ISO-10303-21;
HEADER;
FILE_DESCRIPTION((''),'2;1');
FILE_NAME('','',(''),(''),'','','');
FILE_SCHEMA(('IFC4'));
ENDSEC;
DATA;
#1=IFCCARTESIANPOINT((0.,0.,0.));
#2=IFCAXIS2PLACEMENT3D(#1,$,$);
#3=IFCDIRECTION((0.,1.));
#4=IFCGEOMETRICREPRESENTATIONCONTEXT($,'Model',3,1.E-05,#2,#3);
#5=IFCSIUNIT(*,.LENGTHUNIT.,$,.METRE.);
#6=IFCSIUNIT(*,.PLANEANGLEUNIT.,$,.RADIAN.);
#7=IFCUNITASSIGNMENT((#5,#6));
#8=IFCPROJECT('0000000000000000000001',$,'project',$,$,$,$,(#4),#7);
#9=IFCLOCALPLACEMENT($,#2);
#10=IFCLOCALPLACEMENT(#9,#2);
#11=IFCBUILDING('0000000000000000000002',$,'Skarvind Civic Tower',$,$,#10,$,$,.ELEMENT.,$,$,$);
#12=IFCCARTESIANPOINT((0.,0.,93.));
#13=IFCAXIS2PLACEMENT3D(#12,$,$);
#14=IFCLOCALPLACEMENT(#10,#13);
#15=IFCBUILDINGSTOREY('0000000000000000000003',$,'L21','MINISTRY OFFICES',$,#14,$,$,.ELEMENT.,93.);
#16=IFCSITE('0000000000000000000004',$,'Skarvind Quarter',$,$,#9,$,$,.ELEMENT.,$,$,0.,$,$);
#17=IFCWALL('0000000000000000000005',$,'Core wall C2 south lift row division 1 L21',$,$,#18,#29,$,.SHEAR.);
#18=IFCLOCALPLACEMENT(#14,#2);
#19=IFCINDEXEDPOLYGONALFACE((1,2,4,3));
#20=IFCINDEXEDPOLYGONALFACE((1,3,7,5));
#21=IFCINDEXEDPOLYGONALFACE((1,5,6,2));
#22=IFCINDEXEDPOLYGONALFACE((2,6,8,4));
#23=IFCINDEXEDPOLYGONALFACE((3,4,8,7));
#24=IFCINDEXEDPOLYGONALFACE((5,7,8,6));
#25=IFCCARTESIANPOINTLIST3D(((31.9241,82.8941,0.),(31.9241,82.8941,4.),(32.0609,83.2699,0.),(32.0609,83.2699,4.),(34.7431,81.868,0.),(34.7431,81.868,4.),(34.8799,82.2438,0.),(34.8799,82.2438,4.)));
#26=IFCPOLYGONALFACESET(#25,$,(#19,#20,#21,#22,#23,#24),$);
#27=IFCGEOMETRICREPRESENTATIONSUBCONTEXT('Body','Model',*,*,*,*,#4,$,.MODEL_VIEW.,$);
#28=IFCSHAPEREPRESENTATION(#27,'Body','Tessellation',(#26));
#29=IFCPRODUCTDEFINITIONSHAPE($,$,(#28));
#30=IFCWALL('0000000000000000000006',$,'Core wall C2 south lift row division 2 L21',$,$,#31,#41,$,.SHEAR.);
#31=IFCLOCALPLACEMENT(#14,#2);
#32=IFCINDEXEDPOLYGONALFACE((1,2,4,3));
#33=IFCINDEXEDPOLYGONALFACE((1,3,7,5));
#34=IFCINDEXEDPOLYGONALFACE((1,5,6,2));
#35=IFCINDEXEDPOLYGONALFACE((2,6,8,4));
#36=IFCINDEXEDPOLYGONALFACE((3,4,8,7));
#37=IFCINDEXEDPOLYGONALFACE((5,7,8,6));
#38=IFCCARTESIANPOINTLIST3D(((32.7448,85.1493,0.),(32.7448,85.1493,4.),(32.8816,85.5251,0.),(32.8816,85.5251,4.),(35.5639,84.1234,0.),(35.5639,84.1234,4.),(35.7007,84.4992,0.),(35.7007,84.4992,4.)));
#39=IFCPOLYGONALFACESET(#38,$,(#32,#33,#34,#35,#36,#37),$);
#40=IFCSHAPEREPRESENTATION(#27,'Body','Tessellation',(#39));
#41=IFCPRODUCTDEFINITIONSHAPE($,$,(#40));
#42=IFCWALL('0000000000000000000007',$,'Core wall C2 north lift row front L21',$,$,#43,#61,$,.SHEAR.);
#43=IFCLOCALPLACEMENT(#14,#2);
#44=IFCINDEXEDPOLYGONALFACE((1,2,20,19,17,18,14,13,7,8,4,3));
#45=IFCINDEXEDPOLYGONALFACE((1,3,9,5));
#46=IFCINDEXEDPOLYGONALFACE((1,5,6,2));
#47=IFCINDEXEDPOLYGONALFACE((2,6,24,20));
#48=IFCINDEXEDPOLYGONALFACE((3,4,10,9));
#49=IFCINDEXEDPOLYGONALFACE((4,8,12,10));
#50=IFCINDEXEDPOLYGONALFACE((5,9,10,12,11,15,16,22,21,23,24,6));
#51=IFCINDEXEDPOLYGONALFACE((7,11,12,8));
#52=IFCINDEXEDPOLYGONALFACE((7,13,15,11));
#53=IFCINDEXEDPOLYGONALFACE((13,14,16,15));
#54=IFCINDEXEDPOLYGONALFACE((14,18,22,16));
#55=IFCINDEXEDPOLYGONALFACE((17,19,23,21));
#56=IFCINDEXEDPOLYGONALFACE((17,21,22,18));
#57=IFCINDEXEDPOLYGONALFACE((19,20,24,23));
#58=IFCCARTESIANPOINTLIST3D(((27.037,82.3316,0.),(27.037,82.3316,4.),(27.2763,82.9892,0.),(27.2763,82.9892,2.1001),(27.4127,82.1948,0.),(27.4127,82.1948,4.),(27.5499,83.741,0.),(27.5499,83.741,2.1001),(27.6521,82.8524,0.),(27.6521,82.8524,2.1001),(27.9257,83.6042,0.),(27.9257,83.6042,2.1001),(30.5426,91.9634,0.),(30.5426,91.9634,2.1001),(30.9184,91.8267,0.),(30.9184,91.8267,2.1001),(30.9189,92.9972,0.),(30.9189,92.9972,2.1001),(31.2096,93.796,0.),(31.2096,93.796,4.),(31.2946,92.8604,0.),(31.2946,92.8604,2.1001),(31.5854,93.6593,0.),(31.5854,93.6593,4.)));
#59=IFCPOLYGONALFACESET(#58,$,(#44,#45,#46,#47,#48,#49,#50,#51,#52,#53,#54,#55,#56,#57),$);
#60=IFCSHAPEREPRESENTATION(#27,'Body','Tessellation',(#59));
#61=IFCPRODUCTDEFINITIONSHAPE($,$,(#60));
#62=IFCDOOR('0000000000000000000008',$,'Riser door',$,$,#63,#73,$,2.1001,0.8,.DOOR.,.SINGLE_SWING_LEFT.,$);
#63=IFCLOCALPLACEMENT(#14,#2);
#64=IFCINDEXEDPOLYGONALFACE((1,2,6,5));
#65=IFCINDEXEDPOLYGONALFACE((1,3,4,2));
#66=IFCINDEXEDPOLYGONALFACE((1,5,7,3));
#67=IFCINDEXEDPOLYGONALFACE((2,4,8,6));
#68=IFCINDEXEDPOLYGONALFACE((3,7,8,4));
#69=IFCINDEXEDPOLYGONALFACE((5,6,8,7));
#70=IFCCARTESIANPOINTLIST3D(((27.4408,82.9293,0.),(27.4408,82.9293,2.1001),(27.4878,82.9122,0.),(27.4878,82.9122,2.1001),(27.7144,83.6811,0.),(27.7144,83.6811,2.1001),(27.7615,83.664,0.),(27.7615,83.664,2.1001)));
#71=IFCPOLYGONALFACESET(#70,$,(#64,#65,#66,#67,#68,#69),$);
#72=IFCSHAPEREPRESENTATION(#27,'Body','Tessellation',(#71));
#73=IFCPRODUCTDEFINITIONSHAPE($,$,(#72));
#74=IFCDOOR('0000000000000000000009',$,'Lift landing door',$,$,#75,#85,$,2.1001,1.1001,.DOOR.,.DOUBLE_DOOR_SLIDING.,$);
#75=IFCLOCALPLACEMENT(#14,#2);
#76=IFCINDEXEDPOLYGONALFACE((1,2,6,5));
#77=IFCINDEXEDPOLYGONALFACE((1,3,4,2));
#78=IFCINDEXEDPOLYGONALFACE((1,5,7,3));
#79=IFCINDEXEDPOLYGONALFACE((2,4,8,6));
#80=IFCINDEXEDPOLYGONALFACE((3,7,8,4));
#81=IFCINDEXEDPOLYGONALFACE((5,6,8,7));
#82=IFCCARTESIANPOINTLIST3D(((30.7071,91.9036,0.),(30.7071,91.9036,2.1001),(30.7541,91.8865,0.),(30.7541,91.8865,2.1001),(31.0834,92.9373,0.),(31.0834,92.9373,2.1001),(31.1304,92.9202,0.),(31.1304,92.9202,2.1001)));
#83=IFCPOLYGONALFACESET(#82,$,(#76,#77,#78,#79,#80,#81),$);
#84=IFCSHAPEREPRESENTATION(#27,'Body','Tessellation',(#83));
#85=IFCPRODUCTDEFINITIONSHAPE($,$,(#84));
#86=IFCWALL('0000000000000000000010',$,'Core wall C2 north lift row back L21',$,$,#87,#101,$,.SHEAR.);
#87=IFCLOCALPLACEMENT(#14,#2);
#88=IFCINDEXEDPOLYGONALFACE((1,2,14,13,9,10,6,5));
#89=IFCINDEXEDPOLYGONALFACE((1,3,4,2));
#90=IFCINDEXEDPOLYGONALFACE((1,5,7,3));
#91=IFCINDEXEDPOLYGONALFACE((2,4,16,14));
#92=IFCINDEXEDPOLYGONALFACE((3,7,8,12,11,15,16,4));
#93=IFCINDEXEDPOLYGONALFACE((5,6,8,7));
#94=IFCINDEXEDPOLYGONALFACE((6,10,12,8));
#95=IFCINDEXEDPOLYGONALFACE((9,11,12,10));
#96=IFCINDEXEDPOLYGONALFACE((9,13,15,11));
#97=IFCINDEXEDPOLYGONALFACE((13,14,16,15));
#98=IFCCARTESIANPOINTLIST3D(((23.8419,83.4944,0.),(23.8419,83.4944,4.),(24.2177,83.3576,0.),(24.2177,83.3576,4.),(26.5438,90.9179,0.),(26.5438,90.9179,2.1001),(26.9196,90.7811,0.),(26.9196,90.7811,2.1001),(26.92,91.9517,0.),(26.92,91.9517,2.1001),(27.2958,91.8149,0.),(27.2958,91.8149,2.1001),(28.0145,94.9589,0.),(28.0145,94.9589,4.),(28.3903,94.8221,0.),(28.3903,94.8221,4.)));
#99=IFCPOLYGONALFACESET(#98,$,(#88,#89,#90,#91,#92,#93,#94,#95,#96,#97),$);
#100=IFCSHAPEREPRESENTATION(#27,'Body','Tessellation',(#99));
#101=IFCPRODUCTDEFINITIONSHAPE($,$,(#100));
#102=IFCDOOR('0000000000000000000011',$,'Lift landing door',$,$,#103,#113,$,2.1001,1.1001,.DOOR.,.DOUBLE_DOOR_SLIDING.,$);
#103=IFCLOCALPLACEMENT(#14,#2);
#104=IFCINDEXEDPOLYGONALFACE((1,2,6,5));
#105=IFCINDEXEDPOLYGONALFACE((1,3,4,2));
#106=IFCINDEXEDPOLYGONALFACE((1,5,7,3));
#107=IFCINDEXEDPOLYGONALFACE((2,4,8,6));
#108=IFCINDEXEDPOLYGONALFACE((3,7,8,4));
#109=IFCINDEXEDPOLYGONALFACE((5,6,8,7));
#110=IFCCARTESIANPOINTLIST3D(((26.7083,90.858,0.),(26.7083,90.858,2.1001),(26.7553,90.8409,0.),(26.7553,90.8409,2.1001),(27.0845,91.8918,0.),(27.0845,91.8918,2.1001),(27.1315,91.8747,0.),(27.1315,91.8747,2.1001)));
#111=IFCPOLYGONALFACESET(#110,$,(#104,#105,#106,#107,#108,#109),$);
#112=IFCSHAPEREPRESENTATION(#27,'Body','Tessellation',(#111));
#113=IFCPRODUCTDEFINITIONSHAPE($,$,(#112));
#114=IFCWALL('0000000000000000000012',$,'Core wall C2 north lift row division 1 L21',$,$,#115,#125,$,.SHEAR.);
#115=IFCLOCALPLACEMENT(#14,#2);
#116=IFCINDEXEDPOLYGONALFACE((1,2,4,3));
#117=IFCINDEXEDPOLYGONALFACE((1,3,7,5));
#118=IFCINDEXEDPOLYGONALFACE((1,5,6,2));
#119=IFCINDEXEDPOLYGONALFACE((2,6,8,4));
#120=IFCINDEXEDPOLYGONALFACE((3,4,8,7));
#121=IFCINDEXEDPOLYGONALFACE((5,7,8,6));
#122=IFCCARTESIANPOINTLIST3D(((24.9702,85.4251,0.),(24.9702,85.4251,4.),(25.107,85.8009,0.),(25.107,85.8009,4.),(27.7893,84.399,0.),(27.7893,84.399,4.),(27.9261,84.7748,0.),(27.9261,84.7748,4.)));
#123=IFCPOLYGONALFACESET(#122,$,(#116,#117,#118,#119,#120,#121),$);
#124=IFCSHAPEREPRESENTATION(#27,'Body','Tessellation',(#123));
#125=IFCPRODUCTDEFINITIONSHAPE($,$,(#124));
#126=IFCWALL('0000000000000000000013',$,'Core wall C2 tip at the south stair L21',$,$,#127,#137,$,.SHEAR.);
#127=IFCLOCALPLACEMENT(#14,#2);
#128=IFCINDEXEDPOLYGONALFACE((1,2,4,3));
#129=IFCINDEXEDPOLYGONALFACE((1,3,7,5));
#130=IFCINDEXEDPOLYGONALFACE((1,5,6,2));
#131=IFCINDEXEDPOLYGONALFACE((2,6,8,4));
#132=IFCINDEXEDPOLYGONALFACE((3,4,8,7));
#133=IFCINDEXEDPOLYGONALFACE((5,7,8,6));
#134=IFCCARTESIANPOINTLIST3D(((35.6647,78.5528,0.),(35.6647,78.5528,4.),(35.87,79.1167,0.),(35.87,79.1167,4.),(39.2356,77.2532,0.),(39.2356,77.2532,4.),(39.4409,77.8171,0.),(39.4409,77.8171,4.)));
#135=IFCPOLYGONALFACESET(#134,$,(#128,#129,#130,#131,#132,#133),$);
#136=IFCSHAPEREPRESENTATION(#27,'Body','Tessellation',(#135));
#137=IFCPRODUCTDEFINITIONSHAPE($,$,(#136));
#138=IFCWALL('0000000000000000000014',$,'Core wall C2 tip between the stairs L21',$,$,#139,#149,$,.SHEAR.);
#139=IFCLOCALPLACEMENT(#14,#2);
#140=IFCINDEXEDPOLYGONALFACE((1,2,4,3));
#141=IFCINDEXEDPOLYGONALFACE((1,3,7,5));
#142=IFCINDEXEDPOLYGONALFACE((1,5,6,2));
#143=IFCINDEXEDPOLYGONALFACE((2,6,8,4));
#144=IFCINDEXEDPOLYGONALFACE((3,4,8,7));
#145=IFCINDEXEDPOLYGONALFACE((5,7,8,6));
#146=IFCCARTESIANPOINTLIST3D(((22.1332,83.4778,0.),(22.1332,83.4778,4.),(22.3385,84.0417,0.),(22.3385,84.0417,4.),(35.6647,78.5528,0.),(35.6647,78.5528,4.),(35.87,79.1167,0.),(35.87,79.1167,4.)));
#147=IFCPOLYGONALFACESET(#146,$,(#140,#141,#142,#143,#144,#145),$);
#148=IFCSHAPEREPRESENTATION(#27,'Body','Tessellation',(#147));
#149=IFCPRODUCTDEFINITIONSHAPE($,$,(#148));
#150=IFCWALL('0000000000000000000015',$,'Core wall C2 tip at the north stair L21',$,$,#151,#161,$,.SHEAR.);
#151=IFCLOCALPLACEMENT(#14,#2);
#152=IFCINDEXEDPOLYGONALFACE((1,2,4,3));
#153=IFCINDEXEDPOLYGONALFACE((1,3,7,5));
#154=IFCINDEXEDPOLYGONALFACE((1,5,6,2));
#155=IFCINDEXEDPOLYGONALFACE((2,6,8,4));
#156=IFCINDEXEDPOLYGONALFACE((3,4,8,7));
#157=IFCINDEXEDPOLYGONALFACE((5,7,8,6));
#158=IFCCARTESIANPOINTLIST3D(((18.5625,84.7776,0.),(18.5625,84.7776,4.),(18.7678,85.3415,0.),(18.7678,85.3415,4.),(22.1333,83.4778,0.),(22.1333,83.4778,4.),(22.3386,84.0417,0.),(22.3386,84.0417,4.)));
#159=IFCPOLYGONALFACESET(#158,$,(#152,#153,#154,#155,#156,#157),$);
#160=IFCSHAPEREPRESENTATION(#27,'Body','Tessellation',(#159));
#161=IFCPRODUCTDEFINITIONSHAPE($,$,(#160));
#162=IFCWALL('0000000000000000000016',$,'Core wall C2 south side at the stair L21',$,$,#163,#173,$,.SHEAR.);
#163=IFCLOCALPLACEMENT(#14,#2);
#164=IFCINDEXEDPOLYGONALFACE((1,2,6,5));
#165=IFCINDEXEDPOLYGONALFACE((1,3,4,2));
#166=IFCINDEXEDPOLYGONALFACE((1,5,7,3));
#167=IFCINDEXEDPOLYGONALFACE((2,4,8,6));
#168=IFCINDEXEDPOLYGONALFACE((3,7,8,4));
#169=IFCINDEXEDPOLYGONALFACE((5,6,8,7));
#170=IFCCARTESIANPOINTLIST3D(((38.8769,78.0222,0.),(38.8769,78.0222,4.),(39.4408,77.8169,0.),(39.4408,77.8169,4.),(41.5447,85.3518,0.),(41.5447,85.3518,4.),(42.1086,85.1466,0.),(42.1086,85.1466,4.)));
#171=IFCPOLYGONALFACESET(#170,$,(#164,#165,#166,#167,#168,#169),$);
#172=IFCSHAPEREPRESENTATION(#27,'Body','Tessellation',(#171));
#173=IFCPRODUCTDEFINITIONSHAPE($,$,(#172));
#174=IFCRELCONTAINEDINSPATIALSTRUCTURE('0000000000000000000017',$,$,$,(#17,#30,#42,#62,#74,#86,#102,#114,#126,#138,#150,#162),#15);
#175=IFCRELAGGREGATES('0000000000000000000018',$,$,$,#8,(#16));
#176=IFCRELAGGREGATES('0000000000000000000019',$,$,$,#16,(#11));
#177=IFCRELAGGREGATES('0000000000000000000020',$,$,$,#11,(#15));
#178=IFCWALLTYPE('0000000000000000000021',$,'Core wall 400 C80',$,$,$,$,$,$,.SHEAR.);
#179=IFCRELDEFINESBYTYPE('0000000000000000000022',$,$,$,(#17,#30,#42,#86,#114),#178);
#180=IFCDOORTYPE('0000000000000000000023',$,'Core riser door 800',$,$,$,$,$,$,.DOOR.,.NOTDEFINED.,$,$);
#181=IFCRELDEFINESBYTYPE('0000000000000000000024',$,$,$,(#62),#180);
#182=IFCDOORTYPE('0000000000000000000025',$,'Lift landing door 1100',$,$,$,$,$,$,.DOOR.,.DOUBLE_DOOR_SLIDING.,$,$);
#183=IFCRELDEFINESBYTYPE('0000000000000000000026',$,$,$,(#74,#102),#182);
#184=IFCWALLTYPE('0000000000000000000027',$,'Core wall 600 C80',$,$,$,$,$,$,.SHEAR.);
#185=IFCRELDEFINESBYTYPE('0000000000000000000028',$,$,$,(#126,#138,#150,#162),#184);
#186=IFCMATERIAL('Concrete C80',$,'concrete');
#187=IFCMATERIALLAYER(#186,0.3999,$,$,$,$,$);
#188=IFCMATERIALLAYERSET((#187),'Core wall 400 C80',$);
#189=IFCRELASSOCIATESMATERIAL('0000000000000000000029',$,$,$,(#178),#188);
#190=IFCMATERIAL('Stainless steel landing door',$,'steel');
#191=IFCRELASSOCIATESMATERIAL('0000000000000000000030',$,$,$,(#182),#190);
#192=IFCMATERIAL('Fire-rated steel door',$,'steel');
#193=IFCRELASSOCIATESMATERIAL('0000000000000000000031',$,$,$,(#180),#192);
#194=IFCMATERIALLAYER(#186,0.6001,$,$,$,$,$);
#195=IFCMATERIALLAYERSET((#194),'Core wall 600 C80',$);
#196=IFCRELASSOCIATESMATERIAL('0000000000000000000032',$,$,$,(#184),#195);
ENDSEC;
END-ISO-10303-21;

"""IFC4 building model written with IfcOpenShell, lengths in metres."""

from ifc_helpers import new_model, si_unit, direction, frame, frame_2d, origin, place, context, subcontext, project, spatial, rectangle, extrude, material, layer, layer_set, type_object, element, fill, save


model = new_model("IFC4")

# Units and contexts
model_context = context("Model", 3, precision=1e-05, world=origin(), true_north=direction((0.0, 1.0)))
body_context = subcontext(model_context, "Body", "Model", "MODEL_VIEW")
ifc_project = project(units=[si_unit("LENGTHUNIT", "METRE"), si_unit("PLANEANGLEUNIT", "RADIAN")], contexts=[model_context])

# Site, building, storey
site_placement = place(None, origin())
site = spatial("IfcSite", under=ifc_project, at=site_placement, Name="Skarvind Quarter", CompositionType="ELEMENT", RefElevation=0.0)
building_placement = place(site_placement, origin())
building = spatial("IfcBuilding", under=site, at=building_placement, Name="Skarvind Civic Tower", CompositionType="ELEMENT")
storey_placement = place(building_placement, frame((0.0, 0.0, 93.0)))
storey = spatial("IfcBuildingStorey", under=building, at=storey_placement, Name="L21", Description="MINISTRY OFFICES", CompositionType="ELEMENT", Elevation=93.0)

# Shared definitions
ifc_material_1 = material(Name="Concrete C80", Category="concrete")
ifc_layer_1 = layer(ifc_material_1, 0.3999)
ifc_layer_set_1 = layer_set([ifc_layer_1], Name="Core wall 400 C80")
wall_type_1 = type_object("IfcWallType", Name="Core wall 400 C80", PredefinedType="SHEAR", material=ifc_layer_set_1)

# Shared definitions
ifc_material_2 = material(Name="Fire-rated steel door", Category="steel")

# Shared definitions
ifc_material_3 = material(Name="Stainless steel landing door", Category="steel")
door_type_1 = type_object("IfcDoorType", Name="Lift landing door 1100", OperationType="DOUBLE_DOOR_SLIDING", PredefinedType="DOOR", material=ifc_material_3)

# Walls
for number, where, z_axis, x_axis, name in (
    (1, (34.8115, 82.0559, 0.0), (0.0, 0.0, 1.0), (-0.939686, 0.342037, 0.0), "Core wall C2 south lift row division 1 L21"),
    (2, (35.6323, 84.3113, 0.0), (0.0, 0.0, 1.0), (-0.939713, 0.341965, 0.0), "Core wall C2 south lift row division 2 L21"),
):
    element("IfcWall", number, at=place(storey_placement, frame(where, z_axis=z_axis, x_axis=x_axis)), inside=storey, type_object=wall_type_1, Name=name, PredefinedType="SHEAR", context=body_context, shape_type="SweptSolid", body=[
        extrude(rectangle(XDim=3.0, YDim=0.3999, at=frame_2d((1.5, 0.0))), origin(), (0.0, 0.0, 1.0), 4.0),
    ])

# Wall, openings, doors
wall_1_placement = place(storey_placement, frame((27.2249, 82.2632, 0.0), z_axis=(0.0, 0.0, 1.0), x_axis=(0.342015, 0.939695, 0.0)))
wall_1 = element("IfcWall", 3, at=wall_1_placement, inside=storey, type_object=wall_type_1, Name="Core wall C2 north lift row front L21", PredefinedType="SHEAR", context=body_context, shape_type="SweptSolid", body=[
    extrude(rectangle(XDim=12.2002, YDim=0.3999, at=frame_2d((6.1001, 0.0))), origin(), (0.0, 0.0, 1.0), 4.0),
])
opening_1_placement = place(wall_1_placement, frame((10.25, 0.0, 0.0)))
opening_1 = element("IfcOpeningElement", 4, at=opening_1_placement, cuts=wall_1, PredefinedType="OPENING", context=body_context, shape_type="SweptSolid", body=[
    extrude(rectangle(XDim=1.1001, YDim=2.1001, at=frame_2d((0.55, 1.05))), frame((0.0, 0.21, 0.0), z_axis=(0.0, -1.0, 0.0), x_axis=(1.0, 0.0, 0.0)), (0.0, 0.0, 1.0), 0.4199),
])
opening_2_placement = place(wall_1_placement, frame((0.7, 0.0, 0.0)))
opening_2 = element("IfcOpeningElement", 5, at=opening_2_placement, cuts=wall_1, PredefinedType="OPENING", context=body_context, shape_type="SweptSolid", body=[
    extrude(rectangle(XDim=0.8, YDim=2.1001, at=frame_2d((0.3999, 1.05))), frame((0.0, 0.21, 0.0), z_axis=(0.0, -1.0, 0.0), x_axis=(1.0, 0.0, 0.0)), (0.0, 0.0, 1.0), 0.4199),
])
door_type_2 = type_object("IfcDoorType", Name="Core riser door 800", OperationType="NOTDEFINED", PredefinedType="DOOR", material=ifc_material_2)
door_1_placement = place(opening_2_placement, origin())
door_1 = element("IfcDoor", 6, at=door_1_placement, inside=storey, type_object=door_type_2, Name="Riser door", OperationType="SINGLE_SWING_LEFT", OverallHeight=2.1001, OverallWidth=0.8, PredefinedType="DOOR", context=body_context, shape_type="SweptSolid", body=[
    extrude(rectangle(XDim=0.8, YDim=2.1001, at=frame_2d((0.3999, 1.05))), frame((0.0, 0.0249, 0.0), z_axis=(0.0, -1.0, 0.0), x_axis=(1.0, 0.0, 0.0)), (0.0, 0.0, 1.0), 0.05),
])
fill(opening_2, door_1)
door_2_placement = place(opening_1_placement, origin())
door_2 = element("IfcDoor", 7, at=door_2_placement, inside=storey, type_object=door_type_1, Name="Lift landing door", OperationType="DOUBLE_DOOR_SLIDING", OverallHeight=2.1001, OverallWidth=1.1001, PredefinedType="DOOR", context=body_context, shape_type="SweptSolid", body=[
    extrude(rectangle(XDim=1.1001, YDim=2.1001, at=frame_2d((0.55, 1.05))), frame((0.0, 0.0249, 0.0), z_axis=(0.0, -1.0, 0.0), x_axis=(1.0, 0.0, 0.0)), (0.0, 0.0, 1.0), 0.05),
])
fill(opening_1, door_2)

# Wall, opening, door
wall_2_placement = place(storey_placement, frame((24.0298, 83.426, 0.0), z_axis=(0.0, 0.0, 1.0), x_axis=(0.342015, 0.939695, 0.0)))
wall_2 = element("IfcWall", 8, at=wall_2_placement, inside=storey, type_object=wall_type_1, Name="Core wall C2 north lift row back L21", PredefinedType="SHEAR", context=body_context, shape_type="SweptSolid", body=[
    extrude(rectangle(XDim=12.2002, YDim=0.3999, at=frame_2d((6.1001, 0.0))), origin(), (0.0, 0.0, 1.0), 4.0),
])
opening_3_placement = place(wall_2_placement, frame((7.8999, 0.0, 0.0)))
opening_3 = element("IfcOpeningElement", 9, at=opening_3_placement, cuts=wall_2, PredefinedType="OPENING", context=body_context, shape_type="SweptSolid", body=[
    extrude(rectangle(XDim=1.1001, YDim=2.1001, at=frame_2d((0.55, 1.05))), frame((0.0, 0.21, 0.0), z_axis=(0.0, -1.0, 0.0), x_axis=(1.0, 0.0, 0.0)), (0.0, 0.0, 1.0), 0.4199),
])
door_3_placement = place(opening_3_placement, origin())
door_3 = element("IfcDoor", 10, at=door_3_placement, inside=storey, type_object=door_type_1, Name="Lift landing door", OperationType="DOUBLE_DOOR_SLIDING", OverallHeight=2.1001, OverallWidth=1.1001, PredefinedType="DOOR", context=body_context, shape_type="SweptSolid", body=[
    extrude(rectangle(XDim=1.1001, YDim=2.1001, at=frame_2d((0.55, 1.05))), frame((0.0, 0.0249, 0.0), z_axis=(0.0, -1.0, 0.0), x_axis=(1.0, 0.0, 0.0)), (0.0, 0.0, 1.0), 0.05),
])
fill(opening_3, door_3)

# Walls
wall_3_placement = place(storey_placement, frame((27.8577, 84.5869, 0.0), z_axis=(0.0, 0.0, 1.0), x_axis=(-0.939686, 0.342037, 0.0)))
element("IfcWall", 11, at=wall_3_placement, inside=storey, type_object=wall_type_1, Name="Core wall C2 north lift row division 1 L21", PredefinedType="SHEAR", context=body_context, shape_type="SweptSolid", body=[
    extrude(rectangle(XDim=3.0, YDim=0.3999, at=frame_2d((1.5, 0.0))), origin(), (0.0, 0.0, 1.0), 4.0),
])
ifc_layer_2 = layer(ifc_material_1, 0.6001)
ifc_layer_set_2 = layer_set([ifc_layer_2], Name="Core wall 600 C80")
wall_type_2 = type_object("IfcWallType", Name="Core wall 600 C80", PredefinedType="SHEAR", material=ifc_layer_set_2)
wall_4_placement = place(storey_placement, frame((39.3381, 77.5352, 0.0), z_axis=(0.0, 0.0, 1.0), x_axis=(-0.939701, 0.341996, 0.0)))
element("IfcWall", 12, at=wall_4_placement, inside=storey, type_object=wall_type_2, Name="Core wall C2 tip at the south stair L21", PredefinedType="SHEAR", context=body_context, shape_type="SweptSolid", body=[
    extrude(rectangle(XDim=3.8, YDim=0.6001, at=frame_2d((1.8999, 0.0))), origin(), (0.0, 0.0, 1.0), 4.0),
])
wall_5_placement = place(storey_placement, frame((35.7673, 78.8347, 0.0), z_axis=(0.0, 0.0, 1.0), x_axis=(-0.939693, 0.342019, 0.0)))
element("IfcWall", 13, at=wall_5_placement, inside=storey, type_object=wall_type_2, Name="Core wall C2 tip between the stairs L21", PredefinedType="SHEAR", context=body_context, shape_type="SweptSolid", body=[
    extrude(rectangle(XDim=14.3999, YDim=0.6001, at=frame_2d((7.2, 0.0))), origin(), (0.0, 0.0, 1.0), 4.0),
])
wall_6_placement = place(storey_placement, frame((22.2358, 83.7598, 0.0), z_axis=(0.0, 0.0, 1.0), x_axis=(-0.939681, 0.342053, 0.0)))
element("IfcWall", 14, at=wall_6_placement, inside=storey, type_object=wall_type_2, Name="Core wall C2 tip at the north stair L21", PredefinedType="SHEAR", context=body_context, shape_type="SweptSolid", body=[
    extrude(rectangle(XDim=3.8, YDim=0.6001, at=frame_2d((1.8999, 0.0))), origin(), (0.0, 0.0, 1.0), 4.0),
])
wall_7_placement = place(storey_placement, frame((39.1589, 77.9197, 0.0), z_axis=(0.0, 0.0, 1.0), x_axis=(0.342017, 0.939694, 0.0)))
element("IfcWall", 15, at=wall_7_placement, inside=storey, type_object=wall_type_2, Name="Core wall C2 south side at the stair L21", PredefinedType="SHEAR", context=body_context, shape_type="SweptSolid", body=[
    extrude(rectangle(XDim=7.8, YDim=0.6001, at=frame_2d((3.8999, 0.0))), origin(), (0.0, 0.0, 1.0), 4.0),
])

save(model, "model.ifc")
